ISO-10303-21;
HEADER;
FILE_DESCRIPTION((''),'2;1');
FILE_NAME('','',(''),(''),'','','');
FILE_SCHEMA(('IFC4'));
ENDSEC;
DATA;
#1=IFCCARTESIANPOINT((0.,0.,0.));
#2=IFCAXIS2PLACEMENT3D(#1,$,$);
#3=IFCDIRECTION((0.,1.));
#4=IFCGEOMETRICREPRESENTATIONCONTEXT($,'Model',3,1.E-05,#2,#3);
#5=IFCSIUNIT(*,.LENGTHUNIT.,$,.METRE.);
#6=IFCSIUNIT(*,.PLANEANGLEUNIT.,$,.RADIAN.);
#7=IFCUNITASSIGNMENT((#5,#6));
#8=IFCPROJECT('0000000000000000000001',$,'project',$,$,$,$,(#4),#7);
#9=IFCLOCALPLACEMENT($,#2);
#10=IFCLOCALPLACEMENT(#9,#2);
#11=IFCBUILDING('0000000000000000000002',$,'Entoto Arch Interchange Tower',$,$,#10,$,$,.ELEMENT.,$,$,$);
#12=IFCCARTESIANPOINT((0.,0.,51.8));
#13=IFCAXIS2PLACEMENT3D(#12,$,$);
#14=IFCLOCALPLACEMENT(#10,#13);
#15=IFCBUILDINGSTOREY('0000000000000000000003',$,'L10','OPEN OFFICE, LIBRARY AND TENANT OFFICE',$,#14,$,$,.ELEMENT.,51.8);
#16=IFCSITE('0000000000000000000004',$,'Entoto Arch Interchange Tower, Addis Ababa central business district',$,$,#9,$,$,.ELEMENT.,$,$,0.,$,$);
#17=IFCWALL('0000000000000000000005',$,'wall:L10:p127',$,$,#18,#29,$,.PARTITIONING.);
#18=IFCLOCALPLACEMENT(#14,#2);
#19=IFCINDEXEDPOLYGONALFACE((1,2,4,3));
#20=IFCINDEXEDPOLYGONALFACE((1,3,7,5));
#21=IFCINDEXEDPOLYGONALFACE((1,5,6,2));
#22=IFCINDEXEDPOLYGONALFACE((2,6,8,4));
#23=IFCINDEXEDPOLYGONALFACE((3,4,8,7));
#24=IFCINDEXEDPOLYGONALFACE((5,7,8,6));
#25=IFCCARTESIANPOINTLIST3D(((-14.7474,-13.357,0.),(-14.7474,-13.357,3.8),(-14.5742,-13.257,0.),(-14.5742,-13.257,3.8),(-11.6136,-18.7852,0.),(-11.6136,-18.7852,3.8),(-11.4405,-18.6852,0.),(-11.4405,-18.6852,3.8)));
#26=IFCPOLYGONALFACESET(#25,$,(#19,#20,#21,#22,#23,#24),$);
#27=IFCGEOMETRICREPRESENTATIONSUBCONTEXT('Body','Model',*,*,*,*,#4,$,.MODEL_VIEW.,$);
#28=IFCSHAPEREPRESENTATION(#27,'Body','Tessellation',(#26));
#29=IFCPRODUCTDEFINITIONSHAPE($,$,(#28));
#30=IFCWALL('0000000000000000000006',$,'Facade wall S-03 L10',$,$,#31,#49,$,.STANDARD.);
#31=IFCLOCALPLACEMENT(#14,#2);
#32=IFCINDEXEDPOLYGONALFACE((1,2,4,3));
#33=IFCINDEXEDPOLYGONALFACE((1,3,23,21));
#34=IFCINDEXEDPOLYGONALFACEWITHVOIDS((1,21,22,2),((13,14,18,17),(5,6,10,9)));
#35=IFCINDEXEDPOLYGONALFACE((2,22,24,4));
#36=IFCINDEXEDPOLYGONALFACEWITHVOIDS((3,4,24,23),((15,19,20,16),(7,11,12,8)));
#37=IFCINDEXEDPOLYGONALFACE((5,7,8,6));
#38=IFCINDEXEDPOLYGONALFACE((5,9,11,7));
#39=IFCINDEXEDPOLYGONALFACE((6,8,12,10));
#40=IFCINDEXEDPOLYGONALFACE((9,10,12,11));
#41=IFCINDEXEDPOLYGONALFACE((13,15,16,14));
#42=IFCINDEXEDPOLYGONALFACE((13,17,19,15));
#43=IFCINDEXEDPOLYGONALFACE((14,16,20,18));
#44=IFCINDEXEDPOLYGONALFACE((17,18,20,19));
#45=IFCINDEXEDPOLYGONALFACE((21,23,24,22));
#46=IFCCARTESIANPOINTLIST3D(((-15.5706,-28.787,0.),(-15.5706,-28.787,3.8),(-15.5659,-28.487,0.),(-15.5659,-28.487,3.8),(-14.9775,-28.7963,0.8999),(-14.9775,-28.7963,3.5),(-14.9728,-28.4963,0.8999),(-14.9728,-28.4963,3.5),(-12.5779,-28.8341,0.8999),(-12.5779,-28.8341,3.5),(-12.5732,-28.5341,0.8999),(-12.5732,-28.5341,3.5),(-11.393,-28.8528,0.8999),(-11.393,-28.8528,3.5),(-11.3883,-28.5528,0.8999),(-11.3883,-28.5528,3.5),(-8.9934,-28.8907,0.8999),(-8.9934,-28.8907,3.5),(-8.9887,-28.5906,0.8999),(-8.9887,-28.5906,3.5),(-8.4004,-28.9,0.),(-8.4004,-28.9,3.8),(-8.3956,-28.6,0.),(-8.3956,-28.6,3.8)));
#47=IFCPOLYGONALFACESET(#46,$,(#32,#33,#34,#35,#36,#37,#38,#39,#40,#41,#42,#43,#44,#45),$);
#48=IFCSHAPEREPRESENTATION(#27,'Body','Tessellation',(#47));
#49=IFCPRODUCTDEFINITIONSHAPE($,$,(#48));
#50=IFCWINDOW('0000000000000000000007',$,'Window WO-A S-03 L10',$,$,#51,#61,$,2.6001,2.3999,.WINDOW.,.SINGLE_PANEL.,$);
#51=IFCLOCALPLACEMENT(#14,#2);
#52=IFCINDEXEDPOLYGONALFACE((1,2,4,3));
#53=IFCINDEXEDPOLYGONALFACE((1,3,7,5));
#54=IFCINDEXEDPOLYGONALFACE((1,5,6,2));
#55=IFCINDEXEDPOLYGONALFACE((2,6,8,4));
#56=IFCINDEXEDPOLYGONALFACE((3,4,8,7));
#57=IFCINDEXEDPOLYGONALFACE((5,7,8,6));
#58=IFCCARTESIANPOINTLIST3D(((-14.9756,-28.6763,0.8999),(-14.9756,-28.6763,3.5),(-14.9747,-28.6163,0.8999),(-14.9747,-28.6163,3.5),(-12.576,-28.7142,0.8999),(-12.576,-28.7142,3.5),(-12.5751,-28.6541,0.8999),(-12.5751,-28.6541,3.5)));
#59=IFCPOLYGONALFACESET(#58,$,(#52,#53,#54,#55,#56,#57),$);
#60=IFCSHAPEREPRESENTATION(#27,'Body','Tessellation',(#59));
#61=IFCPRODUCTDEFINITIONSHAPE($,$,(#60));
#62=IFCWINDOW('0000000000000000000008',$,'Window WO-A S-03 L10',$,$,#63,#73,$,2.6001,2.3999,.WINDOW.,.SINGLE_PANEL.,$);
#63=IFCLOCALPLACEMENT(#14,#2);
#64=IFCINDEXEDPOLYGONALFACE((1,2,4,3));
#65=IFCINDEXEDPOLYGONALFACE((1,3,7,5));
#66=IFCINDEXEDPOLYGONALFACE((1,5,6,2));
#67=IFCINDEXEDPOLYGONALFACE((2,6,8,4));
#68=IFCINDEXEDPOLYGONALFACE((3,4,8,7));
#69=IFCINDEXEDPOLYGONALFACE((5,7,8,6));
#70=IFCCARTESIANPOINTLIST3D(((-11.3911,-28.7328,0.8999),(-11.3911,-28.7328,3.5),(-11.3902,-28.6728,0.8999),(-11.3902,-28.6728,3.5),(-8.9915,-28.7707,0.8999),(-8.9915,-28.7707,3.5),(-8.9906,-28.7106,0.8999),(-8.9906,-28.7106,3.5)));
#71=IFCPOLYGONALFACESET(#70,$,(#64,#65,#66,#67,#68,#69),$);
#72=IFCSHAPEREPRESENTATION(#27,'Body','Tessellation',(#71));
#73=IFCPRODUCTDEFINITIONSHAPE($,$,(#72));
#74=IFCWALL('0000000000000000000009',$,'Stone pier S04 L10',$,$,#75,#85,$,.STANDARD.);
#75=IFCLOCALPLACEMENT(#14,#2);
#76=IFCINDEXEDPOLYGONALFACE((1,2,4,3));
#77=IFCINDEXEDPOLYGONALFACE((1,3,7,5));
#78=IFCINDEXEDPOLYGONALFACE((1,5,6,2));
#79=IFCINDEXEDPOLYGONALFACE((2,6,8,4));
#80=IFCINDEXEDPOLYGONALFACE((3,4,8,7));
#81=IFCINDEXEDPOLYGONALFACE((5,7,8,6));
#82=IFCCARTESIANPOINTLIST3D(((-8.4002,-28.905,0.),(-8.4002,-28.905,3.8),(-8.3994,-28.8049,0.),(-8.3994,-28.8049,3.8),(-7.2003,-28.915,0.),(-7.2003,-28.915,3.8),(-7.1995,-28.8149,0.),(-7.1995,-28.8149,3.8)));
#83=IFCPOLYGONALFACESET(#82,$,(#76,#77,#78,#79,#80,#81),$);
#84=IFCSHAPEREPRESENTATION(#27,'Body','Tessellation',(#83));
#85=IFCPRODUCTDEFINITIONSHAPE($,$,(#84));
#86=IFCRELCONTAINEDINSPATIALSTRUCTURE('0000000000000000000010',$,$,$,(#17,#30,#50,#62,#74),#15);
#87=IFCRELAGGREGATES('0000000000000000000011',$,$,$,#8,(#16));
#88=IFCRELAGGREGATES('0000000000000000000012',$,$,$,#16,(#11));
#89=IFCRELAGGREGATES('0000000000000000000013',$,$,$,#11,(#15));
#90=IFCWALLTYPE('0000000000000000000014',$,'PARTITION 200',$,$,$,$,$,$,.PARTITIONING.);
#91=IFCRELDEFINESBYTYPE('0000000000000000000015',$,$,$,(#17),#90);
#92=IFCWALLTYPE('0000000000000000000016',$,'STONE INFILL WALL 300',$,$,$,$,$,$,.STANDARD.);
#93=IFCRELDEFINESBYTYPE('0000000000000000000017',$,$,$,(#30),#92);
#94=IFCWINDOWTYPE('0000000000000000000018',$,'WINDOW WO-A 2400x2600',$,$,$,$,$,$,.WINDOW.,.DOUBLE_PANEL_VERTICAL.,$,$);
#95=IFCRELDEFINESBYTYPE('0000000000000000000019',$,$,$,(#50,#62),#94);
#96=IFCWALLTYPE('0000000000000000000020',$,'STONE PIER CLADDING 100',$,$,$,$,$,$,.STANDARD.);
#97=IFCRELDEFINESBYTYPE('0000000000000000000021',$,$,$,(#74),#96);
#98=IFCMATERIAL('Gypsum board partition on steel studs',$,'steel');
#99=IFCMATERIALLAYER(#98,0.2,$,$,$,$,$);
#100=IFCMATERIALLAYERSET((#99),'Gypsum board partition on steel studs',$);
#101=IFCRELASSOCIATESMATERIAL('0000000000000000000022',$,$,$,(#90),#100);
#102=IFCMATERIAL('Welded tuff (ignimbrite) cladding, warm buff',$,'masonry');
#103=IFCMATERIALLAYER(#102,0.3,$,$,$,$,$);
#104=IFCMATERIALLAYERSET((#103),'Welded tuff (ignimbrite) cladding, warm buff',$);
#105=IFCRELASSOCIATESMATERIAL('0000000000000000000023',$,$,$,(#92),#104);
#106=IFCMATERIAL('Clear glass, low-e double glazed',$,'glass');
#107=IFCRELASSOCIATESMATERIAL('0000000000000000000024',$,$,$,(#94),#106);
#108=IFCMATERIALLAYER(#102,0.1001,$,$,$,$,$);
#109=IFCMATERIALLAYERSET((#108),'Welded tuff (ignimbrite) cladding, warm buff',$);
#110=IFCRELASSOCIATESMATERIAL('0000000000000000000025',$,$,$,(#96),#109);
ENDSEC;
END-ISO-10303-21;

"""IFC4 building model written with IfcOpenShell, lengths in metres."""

from ifc_helpers import new_model, si_unit, direction, frame, frame_2d, origin, place, context, subcontext, project, spatial, rectangle, extrude, material, layer, layer_set, type_object, element, fill, save


model = new_model("IFC4")

# Units and contexts
model_context = context("Model", 3, precision=1e-05, world=origin(), true_north=direction((0.0, 1.0)))
body_context = subcontext(model_context, "Body", "Model", "MODEL_VIEW")
ifc_project = project(units=[si_unit("LENGTHUNIT", "METRE"), si_unit("PLANEANGLEUNIT", "RADIAN")], contexts=[model_context])

# Site, building, storey
site_placement = place(None, origin())
site = spatial("IfcSite", under=ifc_project, at=site_placement, Name="Entoto Arch Interchange Tower, Addis Ababa central business district", CompositionType="ELEMENT", RefElevation=0.0)
building_placement = place(site_placement, origin())
building = spatial("IfcBuilding", under=site, at=building_placement, Name="Entoto Arch Interchange Tower", CompositionType="ELEMENT")
storey_placement = place(building_placement, frame((0.0, 0.0, 51.8)))
storey = spatial("IfcBuildingStorey", under=building, at=storey_placement, Name="L10", Description="OPEN OFFICE, LIBRARY AND TENANT OFFICE", CompositionType="ELEMENT", Elevation=51.8)

# Shared definitions
ifc_material_1 = material(Name="Clear glass, low-e double glazed", Category="glass")

# Shared definitions
ifc_material_2 = material(Name="Gypsum board partition on steel studs", Category="steel")
ifc_layer_1 = layer(ifc_material_2, 0.2)
ifc_layer_set_1 = layer_set([ifc_layer_1], Name="Gypsum board partition on steel studs")
wall_type_1 = type_object("IfcWallType", Name="PARTITION 200", PredefinedType="PARTITIONING", material=ifc_layer_set_1)

# Wall
wall_1_placement = place(storey_placement, frame((-11.5271, -18.7351, 0.0), z_axis=(0.0, 0.0, 1.0), x_axis=(-0.499976, 0.866039, 0.0)))
element("IfcWall", 1, at=wall_1_placement, inside=storey, type_object=wall_type_1, Name="wall:L10:p127", PredefinedType="PARTITIONING", context=body_context, shape_type="SweptSolid", body=[
    extrude(rectangle(XDim=6.2678, YDim=0.2, at=frame_2d((3.1338, 0.0))), origin(), (0.0, 0.0, 1.0), 3.8),
])

# Wall, openings, windows
ifc_material_3 = material(Name="Welded tuff (ignimbrite) cladding, warm buff", Category="masonry")
ifc_layer_2 = layer(ifc_material_3, 0.3)
ifc_layer_set_2 = layer_set([ifc_layer_2], Name="Welded tuff (ignimbrite) cladding, warm buff")
wall_type_2 = type_object("IfcWallType", Name="STONE INFILL WALL 300", PredefinedType="STANDARD", material=ifc_layer_set_2)
wall_2_placement = place(storey_placement, frame((-15.5681, -28.637, 0.0), z_axis=(0.0, 0.0, 1.0), x_axis=(0.999876, -0.015763, 0.0)))
wall_2 = element("IfcWall", 2, at=wall_2_placement, inside=storey, type_object=wall_type_2, Name="Facade wall S-03 L10", PredefinedType="STANDARD", context=body_context, shape_type="SweptSolid", body=[
    extrude(rectangle(XDim=7.1711, YDim=0.3, at=frame_2d((3.5854, 0.0))), origin(), (0.0, 0.0, 1.0), 3.8),
])
opening_1_placement = place(wall_2_placement, frame((0.593, 0.0, 0.8999)))
opening_1 = element("IfcOpeningElement", 3, at=opening_1_placement, cuts=wall_2, PredefinedType="OPENING", context=body_context, shape_type="SweptSolid", body=[
    extrude(rectangle(XDim=2.3999, YDim=2.6001, at=frame_2d((1.2, 1.3))), frame((0.0, 0.1602, 0.0), z_axis=(0.0, -1.0, 0.0), x_axis=(1.0, 0.0, 0.0)), (0.0, 0.0, 1.0), 0.3201),
])
opening_2_placement = place(wall_2_placement, frame((4.178, 0.0, 0.8999)))
opening_2 = element("IfcOpeningElement", 4, at=opening_2_placement, cuts=wall_2, PredefinedType="OPENING", context=body_context, shape_type="SweptSolid", body=[
    extrude(rectangle(XDim=2.3999, YDim=2.6001, at=frame_2d((1.2, 1.3))), frame((0.0, 0.1602, 0.0), z_axis=(0.0, -1.0, 0.0), x_axis=(1.0, 0.0, 0.0)), (0.0, 0.0, 1.0), 0.3201),
])
window_type = type_object("IfcWindowType", Name="WINDOW WO-A 2400x2600", PartitioningType="DOUBLE_PANEL_VERTICAL", PredefinedType="WINDOW", material=ifc_material_1)
window_1_placement = place(opening_1_placement, origin())
window_1 = element("IfcWindow", 5, at=window_1_placement, inside=storey, type_object=window_type, Name="Window WO-A S-03 L10", OverallHeight=2.6001, OverallWidth=2.3999, PartitioningType="SINGLE_PANEL", PredefinedType="WINDOW", context=body_context, shape_type="SweptSolid", body=[
    extrude(rectangle(XDim=2.3999, YDim=2.6001, at=frame_2d((1.2, 1.3))), frame((0.0, 0.03, 0.0), z_axis=(0.0, -1.0, 0.0), x_axis=(1.0, 0.0, 0.0)), (0.0, 0.0, 1.0), 0.0601),
])
fill(opening_1, window_1)
window_2_placement = place(opening_2_placement, origin())
window_2 = element("IfcWindow", 6, at=window_2_placement, inside=storey, type_object=window_type, Name="Window WO-A S-03 L10", OverallHeight=2.6001, OverallWidth=2.3999, PartitioningType="SINGLE_PANEL", PredefinedType="WINDOW", context=body_context, shape_type="SweptSolid", body=[
    extrude(rectangle(XDim=2.3999, YDim=2.6001, at=frame_2d((1.2, 1.3))), frame((0.0, 0.03, 0.0), z_axis=(0.0, -1.0, 0.0), x_axis=(1.0, 0.0, 0.0)), (0.0, 0.0, 1.0), 0.0601),
])
fill(opening_2, window_2)

# Wall
ifc_layer_3 = layer(ifc_material_3, 0.1001)
ifc_layer_set_3 = layer_set([ifc_layer_3], Name="Welded tuff (ignimbrite) cladding, warm buff")
wall_type_3 = type_object("IfcWallType", Name="STONE PIER CLADDING 100", PredefinedType="STANDARD", material=ifc_layer_set_3)
wall_3_placement = place(storey_placement, frame((-8.3999, -28.855, 0.0), z_axis=(0.0, 0.0, 1.0), x_axis=(0.999965, -0.008342, 0.0)))
element("IfcWall", 7, at=wall_3_placement, inside=storey, type_object=wall_type_3, Name="Stone pier S04 L10", PredefinedType="STANDARD", context=body_context, shape_type="SweptSolid", body=[
    extrude(rectangle(XDim=1.2, YDim=0.1001, at=frame_2d((0.6001, 0.0))), origin(), (0.0, 0.0, 1.0), 3.8),
])

save(model, "model.ifc")
